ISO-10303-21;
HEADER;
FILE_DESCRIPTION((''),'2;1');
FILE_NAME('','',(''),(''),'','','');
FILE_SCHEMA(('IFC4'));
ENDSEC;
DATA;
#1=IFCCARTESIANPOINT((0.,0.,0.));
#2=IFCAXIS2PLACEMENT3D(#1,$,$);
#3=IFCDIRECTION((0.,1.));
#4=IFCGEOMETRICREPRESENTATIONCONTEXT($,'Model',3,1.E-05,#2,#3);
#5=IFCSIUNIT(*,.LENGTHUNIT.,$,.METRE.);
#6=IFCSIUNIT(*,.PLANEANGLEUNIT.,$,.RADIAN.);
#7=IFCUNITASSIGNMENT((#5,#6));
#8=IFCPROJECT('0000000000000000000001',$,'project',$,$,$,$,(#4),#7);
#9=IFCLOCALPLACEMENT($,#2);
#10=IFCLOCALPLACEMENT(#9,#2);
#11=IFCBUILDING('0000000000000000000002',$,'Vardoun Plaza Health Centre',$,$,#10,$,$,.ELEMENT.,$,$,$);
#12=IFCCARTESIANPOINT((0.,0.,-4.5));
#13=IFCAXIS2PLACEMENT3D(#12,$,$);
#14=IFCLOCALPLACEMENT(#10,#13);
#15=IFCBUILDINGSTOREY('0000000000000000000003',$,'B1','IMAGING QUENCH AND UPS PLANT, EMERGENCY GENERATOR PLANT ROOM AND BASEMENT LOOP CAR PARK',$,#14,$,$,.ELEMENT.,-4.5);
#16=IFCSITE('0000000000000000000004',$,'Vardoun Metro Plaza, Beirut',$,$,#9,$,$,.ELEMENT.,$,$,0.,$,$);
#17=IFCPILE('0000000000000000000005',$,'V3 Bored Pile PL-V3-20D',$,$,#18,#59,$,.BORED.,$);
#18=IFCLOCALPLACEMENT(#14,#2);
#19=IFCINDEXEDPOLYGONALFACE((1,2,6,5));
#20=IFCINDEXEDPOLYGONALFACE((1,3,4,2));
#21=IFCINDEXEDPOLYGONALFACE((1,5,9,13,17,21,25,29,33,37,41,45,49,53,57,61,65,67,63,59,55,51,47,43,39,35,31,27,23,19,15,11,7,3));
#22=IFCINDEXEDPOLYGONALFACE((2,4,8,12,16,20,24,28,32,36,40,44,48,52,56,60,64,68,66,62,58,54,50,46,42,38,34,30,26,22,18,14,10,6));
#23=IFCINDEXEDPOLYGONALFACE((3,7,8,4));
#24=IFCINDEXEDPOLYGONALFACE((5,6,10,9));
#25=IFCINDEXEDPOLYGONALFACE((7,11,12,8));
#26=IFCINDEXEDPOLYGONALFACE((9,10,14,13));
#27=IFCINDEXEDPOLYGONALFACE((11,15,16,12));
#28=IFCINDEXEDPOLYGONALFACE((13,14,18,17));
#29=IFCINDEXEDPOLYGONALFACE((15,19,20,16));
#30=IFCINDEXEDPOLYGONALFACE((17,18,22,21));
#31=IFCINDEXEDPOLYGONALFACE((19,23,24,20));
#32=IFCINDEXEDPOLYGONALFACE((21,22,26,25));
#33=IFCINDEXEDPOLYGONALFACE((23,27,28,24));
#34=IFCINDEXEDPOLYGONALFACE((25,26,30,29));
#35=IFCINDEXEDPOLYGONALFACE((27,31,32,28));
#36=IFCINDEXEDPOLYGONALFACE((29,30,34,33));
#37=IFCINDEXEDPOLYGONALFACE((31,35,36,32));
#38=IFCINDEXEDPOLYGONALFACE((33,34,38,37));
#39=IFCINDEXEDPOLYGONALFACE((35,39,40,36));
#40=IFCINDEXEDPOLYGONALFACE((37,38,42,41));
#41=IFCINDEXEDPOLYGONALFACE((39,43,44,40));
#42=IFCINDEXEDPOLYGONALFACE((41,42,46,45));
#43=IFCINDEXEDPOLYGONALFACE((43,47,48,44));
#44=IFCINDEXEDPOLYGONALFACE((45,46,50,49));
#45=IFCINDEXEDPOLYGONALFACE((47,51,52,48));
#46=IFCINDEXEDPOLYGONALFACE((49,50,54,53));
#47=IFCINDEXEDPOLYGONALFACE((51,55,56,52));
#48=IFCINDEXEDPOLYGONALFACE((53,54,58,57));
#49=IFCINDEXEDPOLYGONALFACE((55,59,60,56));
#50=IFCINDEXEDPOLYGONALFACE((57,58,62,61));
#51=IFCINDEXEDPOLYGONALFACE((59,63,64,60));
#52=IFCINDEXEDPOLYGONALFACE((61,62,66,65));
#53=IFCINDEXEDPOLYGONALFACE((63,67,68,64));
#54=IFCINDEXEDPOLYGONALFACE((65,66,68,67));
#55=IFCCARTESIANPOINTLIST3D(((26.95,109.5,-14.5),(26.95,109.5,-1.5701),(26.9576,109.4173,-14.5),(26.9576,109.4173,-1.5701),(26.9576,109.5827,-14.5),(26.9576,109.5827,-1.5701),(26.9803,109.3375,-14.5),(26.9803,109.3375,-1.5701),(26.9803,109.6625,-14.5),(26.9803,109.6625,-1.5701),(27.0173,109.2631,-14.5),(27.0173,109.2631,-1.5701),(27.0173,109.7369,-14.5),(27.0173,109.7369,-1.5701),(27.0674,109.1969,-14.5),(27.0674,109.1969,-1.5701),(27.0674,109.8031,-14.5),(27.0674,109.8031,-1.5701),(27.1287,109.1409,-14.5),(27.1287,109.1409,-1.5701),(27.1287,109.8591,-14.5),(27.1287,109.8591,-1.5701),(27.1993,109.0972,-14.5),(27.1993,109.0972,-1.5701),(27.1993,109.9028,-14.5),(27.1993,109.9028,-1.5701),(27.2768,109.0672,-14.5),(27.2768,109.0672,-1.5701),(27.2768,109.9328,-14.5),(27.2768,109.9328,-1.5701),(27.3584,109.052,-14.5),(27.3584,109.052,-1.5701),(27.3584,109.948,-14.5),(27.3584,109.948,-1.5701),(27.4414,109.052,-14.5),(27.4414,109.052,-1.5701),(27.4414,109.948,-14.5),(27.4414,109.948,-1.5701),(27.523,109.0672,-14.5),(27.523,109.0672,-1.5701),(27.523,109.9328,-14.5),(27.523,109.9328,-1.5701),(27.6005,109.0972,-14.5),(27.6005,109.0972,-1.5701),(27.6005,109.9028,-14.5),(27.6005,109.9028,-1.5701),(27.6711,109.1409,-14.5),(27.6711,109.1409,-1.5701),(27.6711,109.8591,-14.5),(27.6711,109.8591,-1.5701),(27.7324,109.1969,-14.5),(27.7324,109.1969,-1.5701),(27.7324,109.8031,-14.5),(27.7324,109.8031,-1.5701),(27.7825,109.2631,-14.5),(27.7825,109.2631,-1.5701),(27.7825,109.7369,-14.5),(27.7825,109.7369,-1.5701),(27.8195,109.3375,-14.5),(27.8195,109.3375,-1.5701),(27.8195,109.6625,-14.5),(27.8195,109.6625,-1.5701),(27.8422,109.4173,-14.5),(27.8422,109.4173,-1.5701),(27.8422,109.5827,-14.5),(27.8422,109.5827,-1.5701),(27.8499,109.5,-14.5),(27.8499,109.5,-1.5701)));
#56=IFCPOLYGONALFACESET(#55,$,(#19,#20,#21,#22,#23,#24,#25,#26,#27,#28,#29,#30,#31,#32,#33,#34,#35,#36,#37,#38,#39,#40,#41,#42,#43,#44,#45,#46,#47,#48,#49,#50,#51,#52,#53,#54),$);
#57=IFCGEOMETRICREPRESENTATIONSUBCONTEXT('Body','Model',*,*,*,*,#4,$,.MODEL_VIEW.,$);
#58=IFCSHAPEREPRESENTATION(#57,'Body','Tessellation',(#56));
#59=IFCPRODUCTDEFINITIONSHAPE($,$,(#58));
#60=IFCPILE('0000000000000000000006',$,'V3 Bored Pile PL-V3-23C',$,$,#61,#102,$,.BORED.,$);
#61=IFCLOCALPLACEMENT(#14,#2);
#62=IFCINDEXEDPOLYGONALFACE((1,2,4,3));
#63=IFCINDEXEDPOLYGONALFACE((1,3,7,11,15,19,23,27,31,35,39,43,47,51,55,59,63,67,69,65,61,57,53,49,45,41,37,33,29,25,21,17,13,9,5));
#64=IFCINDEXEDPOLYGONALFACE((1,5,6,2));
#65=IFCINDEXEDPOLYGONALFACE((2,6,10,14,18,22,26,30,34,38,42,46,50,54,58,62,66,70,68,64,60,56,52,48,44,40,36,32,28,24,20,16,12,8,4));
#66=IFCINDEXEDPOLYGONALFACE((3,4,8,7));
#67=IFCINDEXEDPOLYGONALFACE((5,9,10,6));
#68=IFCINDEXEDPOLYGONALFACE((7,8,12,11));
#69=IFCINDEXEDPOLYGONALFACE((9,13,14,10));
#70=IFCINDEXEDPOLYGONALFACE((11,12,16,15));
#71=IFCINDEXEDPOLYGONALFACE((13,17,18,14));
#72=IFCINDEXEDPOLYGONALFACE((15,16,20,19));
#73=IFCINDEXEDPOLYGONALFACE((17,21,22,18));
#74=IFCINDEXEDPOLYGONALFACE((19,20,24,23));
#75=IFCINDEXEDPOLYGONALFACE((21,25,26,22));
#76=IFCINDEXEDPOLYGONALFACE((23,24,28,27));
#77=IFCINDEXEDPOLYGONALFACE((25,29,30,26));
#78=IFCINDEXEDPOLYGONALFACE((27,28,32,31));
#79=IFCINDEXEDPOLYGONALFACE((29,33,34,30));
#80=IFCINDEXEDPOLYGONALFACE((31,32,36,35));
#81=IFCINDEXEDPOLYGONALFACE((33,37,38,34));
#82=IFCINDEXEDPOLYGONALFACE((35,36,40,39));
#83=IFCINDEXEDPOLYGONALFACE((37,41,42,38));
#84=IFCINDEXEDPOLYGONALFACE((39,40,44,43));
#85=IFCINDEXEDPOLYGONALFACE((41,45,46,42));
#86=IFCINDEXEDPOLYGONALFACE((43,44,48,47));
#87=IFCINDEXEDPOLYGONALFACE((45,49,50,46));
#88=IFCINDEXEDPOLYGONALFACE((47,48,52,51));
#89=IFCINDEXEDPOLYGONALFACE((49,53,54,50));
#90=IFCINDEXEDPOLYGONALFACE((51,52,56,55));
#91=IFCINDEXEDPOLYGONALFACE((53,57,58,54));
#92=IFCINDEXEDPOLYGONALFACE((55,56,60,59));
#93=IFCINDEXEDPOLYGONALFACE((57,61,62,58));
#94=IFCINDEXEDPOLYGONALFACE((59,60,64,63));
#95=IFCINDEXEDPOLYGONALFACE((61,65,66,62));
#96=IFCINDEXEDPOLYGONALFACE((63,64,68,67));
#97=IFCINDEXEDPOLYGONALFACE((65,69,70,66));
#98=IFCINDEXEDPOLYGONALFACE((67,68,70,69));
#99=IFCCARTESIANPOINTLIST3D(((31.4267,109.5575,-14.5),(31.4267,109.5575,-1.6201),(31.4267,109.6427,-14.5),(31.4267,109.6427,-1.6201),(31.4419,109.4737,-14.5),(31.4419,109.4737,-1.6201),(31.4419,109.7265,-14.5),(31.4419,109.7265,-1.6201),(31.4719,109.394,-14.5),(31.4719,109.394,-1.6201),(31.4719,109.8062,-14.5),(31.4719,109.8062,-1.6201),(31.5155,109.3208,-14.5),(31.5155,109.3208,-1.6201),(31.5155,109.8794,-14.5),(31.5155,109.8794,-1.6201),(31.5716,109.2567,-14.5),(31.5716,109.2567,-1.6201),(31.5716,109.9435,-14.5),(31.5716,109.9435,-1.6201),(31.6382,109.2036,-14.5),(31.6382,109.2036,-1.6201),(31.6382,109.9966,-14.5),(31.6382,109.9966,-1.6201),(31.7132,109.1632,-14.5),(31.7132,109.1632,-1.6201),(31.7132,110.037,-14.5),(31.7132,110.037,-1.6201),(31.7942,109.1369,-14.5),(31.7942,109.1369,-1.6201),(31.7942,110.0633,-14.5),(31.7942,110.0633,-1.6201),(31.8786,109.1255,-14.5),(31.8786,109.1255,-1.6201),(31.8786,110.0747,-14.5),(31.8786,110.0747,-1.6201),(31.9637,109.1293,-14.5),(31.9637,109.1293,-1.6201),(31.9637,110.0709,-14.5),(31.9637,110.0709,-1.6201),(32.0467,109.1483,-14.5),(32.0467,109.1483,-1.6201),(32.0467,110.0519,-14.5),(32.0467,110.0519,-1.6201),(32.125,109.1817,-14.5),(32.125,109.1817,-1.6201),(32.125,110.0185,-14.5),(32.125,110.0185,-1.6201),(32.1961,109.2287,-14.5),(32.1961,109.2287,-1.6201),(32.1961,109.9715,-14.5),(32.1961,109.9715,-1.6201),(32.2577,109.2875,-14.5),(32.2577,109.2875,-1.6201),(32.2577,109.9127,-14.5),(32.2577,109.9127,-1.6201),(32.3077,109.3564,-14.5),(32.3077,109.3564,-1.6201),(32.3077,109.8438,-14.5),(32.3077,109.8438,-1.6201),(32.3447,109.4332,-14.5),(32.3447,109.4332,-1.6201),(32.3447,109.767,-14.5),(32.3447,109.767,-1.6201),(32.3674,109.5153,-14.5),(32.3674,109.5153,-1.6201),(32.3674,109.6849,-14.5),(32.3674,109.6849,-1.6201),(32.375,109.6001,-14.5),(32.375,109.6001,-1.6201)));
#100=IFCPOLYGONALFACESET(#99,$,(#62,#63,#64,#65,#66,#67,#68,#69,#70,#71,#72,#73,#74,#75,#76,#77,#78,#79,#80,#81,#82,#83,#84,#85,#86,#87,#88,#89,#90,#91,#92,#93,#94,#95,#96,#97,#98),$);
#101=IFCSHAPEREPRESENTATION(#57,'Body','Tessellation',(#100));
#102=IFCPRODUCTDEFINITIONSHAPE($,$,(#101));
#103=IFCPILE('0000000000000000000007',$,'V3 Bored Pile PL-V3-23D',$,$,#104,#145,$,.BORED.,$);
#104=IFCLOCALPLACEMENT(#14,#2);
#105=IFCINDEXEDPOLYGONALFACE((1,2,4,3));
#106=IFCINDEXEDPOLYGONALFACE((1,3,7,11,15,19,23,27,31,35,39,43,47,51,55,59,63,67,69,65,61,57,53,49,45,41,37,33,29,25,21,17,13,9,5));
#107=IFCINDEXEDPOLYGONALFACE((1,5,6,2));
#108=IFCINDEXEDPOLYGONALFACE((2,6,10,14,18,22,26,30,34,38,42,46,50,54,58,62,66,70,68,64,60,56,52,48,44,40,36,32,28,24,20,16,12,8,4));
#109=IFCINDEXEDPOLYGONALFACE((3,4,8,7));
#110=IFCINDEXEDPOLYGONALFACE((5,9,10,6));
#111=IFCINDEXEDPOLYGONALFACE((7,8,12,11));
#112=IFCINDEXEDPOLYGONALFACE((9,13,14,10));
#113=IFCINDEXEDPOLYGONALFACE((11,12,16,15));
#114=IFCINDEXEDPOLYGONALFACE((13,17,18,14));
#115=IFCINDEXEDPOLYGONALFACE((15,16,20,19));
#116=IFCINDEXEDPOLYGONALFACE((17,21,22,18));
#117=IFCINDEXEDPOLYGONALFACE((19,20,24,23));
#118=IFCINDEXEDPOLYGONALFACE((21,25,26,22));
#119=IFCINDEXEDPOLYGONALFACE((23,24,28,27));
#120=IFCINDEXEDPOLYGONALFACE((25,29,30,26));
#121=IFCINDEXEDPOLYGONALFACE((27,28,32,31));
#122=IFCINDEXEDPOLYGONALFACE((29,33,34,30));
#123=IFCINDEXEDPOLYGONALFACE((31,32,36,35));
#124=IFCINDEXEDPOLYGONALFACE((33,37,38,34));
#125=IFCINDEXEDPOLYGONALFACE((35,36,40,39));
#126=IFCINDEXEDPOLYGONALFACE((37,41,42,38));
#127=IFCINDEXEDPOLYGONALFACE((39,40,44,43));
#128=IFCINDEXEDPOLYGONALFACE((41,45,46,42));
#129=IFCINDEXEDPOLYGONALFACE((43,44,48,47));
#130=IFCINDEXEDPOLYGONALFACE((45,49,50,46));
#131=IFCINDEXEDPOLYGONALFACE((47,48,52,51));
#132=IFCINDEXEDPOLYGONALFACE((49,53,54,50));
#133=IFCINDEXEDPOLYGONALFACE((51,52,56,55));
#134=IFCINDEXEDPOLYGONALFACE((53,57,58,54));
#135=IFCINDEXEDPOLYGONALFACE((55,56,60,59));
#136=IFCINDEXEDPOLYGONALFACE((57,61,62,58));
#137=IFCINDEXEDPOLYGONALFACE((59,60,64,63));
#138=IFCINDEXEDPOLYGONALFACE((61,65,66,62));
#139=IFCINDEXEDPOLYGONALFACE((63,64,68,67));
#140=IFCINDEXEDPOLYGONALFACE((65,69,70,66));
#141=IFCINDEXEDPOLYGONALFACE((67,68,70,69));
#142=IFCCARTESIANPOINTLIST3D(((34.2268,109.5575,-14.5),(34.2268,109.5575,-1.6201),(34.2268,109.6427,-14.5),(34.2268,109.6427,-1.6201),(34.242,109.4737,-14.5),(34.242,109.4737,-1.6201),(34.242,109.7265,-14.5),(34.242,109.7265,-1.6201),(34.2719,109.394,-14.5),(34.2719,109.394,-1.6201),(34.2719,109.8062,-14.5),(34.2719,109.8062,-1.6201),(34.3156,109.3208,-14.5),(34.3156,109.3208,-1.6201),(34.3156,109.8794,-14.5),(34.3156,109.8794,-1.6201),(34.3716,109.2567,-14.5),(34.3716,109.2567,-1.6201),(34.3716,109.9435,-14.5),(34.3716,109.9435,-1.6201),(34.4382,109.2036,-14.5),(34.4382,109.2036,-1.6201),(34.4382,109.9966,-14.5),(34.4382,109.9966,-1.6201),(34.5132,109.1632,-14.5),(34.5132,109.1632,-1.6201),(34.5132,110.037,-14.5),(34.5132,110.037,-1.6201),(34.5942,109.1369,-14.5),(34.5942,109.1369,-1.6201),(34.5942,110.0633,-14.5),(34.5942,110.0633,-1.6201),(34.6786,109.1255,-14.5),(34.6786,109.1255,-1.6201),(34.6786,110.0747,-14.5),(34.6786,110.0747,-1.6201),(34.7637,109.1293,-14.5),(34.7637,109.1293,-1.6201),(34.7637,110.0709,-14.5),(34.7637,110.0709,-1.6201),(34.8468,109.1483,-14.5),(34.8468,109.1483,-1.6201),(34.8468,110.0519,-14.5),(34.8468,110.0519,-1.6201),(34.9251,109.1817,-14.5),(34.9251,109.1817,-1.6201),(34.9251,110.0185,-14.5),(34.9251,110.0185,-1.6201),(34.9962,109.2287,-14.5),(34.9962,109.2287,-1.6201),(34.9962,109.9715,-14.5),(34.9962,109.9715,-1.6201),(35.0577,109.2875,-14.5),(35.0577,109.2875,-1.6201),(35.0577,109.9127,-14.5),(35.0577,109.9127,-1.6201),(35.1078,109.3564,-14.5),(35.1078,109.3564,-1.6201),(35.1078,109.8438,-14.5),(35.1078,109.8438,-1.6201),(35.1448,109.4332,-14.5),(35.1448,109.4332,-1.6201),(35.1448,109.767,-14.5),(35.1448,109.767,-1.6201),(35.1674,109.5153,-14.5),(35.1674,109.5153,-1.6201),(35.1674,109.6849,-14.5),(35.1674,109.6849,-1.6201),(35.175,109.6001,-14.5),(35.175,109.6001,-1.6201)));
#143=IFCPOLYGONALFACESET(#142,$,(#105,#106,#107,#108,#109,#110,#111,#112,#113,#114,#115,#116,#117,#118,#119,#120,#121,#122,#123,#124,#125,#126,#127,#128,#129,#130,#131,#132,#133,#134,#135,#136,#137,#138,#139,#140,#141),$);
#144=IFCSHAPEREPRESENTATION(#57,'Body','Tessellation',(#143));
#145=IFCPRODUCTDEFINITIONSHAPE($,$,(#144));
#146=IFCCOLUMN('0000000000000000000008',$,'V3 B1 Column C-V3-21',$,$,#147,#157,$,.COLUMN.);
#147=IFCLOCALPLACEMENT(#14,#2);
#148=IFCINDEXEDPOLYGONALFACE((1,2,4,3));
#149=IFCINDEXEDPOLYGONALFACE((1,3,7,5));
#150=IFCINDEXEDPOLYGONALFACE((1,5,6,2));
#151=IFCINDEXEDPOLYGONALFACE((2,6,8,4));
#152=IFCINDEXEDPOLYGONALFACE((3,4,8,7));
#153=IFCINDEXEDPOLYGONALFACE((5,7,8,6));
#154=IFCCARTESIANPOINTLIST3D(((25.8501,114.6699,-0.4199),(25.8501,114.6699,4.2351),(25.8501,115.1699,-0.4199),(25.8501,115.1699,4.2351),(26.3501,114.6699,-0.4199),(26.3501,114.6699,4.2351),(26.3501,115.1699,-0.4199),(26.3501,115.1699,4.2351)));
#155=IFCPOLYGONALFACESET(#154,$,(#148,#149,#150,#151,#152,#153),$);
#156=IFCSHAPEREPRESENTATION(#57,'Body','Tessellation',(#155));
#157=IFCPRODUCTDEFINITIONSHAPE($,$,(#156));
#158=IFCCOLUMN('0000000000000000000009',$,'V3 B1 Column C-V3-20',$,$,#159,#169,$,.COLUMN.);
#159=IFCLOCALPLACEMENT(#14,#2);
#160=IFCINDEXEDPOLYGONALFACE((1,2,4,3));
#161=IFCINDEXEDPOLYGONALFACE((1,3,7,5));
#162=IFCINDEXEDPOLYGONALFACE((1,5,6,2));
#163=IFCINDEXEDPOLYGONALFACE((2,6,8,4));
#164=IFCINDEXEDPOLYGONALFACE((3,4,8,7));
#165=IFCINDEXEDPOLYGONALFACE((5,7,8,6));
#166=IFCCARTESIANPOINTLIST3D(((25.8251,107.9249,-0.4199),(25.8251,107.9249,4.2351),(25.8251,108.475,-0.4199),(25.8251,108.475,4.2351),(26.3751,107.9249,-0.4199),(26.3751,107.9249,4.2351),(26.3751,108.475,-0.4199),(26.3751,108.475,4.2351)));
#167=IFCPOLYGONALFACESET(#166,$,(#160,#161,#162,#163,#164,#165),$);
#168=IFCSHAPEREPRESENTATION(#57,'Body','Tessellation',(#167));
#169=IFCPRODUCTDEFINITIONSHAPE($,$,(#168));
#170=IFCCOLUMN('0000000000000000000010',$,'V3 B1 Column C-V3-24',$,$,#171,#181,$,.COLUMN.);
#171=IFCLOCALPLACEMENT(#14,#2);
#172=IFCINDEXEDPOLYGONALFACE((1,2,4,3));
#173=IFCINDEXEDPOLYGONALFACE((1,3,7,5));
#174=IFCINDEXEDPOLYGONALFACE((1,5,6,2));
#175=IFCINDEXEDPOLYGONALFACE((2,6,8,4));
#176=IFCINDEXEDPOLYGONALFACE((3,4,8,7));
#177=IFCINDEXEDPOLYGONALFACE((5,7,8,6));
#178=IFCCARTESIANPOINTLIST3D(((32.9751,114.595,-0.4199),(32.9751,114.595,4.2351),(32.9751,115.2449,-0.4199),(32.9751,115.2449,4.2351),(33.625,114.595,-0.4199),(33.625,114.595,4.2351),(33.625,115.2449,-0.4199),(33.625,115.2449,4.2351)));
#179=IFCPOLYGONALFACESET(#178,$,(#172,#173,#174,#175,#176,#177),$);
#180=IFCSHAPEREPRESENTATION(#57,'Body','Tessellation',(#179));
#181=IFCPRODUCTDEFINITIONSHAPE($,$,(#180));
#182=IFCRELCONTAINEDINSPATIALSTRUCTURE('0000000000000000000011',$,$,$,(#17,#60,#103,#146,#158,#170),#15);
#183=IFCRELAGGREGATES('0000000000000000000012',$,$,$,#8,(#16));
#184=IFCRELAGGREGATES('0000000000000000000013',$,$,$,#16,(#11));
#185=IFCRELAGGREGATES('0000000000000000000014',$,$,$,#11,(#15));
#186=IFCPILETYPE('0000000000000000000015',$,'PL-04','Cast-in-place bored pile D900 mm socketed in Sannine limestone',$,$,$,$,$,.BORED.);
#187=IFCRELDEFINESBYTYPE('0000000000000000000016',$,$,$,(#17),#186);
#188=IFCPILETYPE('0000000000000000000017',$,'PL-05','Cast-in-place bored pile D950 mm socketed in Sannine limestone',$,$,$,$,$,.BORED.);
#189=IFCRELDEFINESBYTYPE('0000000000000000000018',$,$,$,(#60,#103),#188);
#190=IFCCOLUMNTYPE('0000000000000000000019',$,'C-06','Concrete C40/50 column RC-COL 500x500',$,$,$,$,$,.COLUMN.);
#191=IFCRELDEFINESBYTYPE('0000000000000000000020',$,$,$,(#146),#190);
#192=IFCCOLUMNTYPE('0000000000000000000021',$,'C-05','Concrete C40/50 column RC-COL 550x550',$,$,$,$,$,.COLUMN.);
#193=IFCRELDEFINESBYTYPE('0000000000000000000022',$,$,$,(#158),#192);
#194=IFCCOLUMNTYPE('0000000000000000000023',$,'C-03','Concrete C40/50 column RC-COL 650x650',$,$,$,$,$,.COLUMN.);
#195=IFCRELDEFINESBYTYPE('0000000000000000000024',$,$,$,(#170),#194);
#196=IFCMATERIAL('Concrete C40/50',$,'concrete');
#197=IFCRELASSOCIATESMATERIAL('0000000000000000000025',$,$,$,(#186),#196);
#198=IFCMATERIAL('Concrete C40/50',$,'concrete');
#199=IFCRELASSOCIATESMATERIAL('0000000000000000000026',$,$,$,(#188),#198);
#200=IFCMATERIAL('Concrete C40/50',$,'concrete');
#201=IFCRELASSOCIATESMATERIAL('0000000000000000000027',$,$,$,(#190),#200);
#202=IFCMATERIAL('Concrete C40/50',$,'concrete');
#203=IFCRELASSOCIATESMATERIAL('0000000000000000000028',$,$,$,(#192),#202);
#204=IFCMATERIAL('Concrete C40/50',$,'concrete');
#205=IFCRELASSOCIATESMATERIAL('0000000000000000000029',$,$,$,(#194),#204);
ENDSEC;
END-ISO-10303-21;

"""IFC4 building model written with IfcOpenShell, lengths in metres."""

from ifc_helpers import new_model, si_unit, direction, frame, origin, origin_2d, place, context, subcontext, project, spatial, rectangle, circle, extrude, material, material_profile, profile_set, type_object, element, save


model = new_model("IFC4")

# Units and contexts
model_context = context("Model", 3, precision=1e-05, world=origin(), true_north=direction((0.0, 1.0)))
body_context = subcontext(model_context, "Body", "Model", "MODEL_VIEW")
ifc_project = project(units=[si_unit("LENGTHUNIT", "METRE"), si_unit("PLANEANGLEUNIT", "RADIAN")], contexts=[model_context])

# Site, building, storey
site_placement = place(None, origin())
site = spatial("IfcSite", under=ifc_project, at=site_placement, Name="Vardoun Metro Plaza, Beirut", CompositionType="ELEMENT", RefElevation=0.0)
building_placement = place(site_placement, origin())
building = spatial("IfcBuilding", under=site, at=building_placement, Name="Vardoun Plaza Health Centre", CompositionType="ELEMENT")
storey_placement = place(building_placement, frame((0.0, 0.0, -4.5)))
storey = spatial("IfcBuildingStorey", under=building, at=storey_placement, Name="B1", Description="IMAGING QUENCH AND UPS PLANT, EMERGENCY GENERATOR PLANT ROOM AND BASEMENT LOOP CAR PARK", CompositionType="ELEMENT", Elevation=-4.5)

# Piles
ifc_material_1 = material(Name="Concrete C40/50", Category="concrete")
ifc_material_profile_1 = material_profile(ifc_material_1, circle(Radius=0.45, at=origin_2d()), Name="PILE D900")
ifc_profile_set_1 = profile_set([ifc_material_profile_1], Name="Concrete C40/50")
pile_type_1 = type_object("IfcPileType", Name="PL-04", Description="Cast-in-place bored pile D900 mm socketed in Sannine limestone", PredefinedType="BORED", material=ifc_profile_set_1)
for number, where, z_axis, x_axis, name in (
    (1, (27.3999, 109.5, -1.5701), (0.0, 0.0, -1.0), (1.0, 0.0, 0.0), "V3 Bored Pile PL-V3-20D"),
):
    element("IfcPile", number, at=place(storey_placement, frame(where, z_axis=z_axis, x_axis=x_axis)), inside=storey, type_object=pile_type_1, Name=name, PredefinedType="BORED", context=body_context, shape_type="SweptSolid", body=[
        extrude(circle(Radius=0.45, at=origin_2d()), origin(), (0.0, 0.0, 1.0), 12.9299),
    ])
ifc_material_2 = material(Name="Concrete C40/50", Category="concrete")
ifc_material_profile_2 = material_profile(ifc_material_2, circle(Radius=0.4751, at=origin_2d()), Name="PILE D950")
ifc_profile_set_2 = profile_set([ifc_material_profile_2], Name="Concrete C40/50")
pile_type_2 = type_object("IfcPileType", Name="PL-05", Description="Cast-in-place bored pile D950 mm socketed in Sannine limestone", PredefinedType="BORED", material=ifc_profile_set_2)
for number, where, z_axis, x_axis, name in (
    (2, (31.8999, 109.6001, -1.6201), (0.0, 0.0, -1.0), (1.0, 0.0, 0.0), "V3 Bored Pile PL-V3-23C"),
    (3, (34.7, 109.6001, -1.6201), (0.0, 0.0, -1.0), (1.0, 0.0, 0.0), "V3 Bored Pile PL-V3-23D"),
):
    element("IfcPile", number, at=place(storey_placement, frame(where, z_axis=z_axis, x_axis=x_axis)), inside=storey, type_object=pile_type_2, Name=name, PredefinedType="BORED", context=body_context, shape_type="SweptSolid", body=[
        extrude(circle(Radius=0.4751, at=origin_2d()), origin(), (0.0, 0.0, 1.0), 12.8799),
    ])

# Columns
ifc_material_3 = material(Name="Concrete C40/50", Category="concrete")
ifc_material_profile_3 = material_profile(ifc_material_3, rectangle(XDim=0.5, YDim=0.5, at=origin_2d()), Name="RC-COL 500x500")
ifc_profile_set_3 = profile_set([ifc_material_profile_3], Name="Concrete C40/50")
column_type_1 = type_object("IfcColumnType", Name="C-06", Description="Concrete C40/50 column RC-COL 500x500", PredefinedType="COLUMN", material=ifc_profile_set_3)
column_1_placement = place(storey_placement, frame((26.1001, 114.9199, -0.4199), z_axis=(0.0, 0.0, 1.0), x_axis=(1.0, 0.0, 0.0)))
element("IfcColumn", 4, at=column_1_placement, inside=storey, type_object=column_type_1, Name="V3 B1 Column C-V3-21", PredefinedType="COLUMN", context=body_context, shape_type="SweptSolid", body=[
    extrude(rectangle(XDim=0.5, YDim=0.5, at=origin_2d()), origin(), (0.0, 0.0, 1.0), 4.655),
])
ifc_material_4 = material(Name="Concrete C40/50", Category="concrete")
ifc_material_profile_4 = material_profile(ifc_material_4, rectangle(XDim=0.55, YDim=0.55, at=origin_2d()), Name="RC-COL 550x550")
ifc_profile_set_4 = profile_set([ifc_material_profile_4], Name="Concrete C40/50")
column_type_2 = type_object("IfcColumnType", Name="C-05", Description="Concrete C40/50 column RC-COL 550x550", PredefinedType="COLUMN", material=ifc_profile_set_4)
column_2_placement = place(storey_placement, frame((26.1001, 108.2, -0.4199), z_axis=(0.0, 0.0, 1.0), x_axis=(1.0, 0.0, 0.0)))
element("IfcColumn", 5, at=column_2_placement, inside=storey, type_object=column_type_2, Name="V3 B1 Column C-V3-20", PredefinedType="COLUMN", context=body_context, shape_type="SweptSolid", body=[
    extrude(rectangle(XDim=0.55, YDim=0.55, at=origin_2d()), origin(), (0.0, 0.0, 1.0), 4.655),
])
ifc_material_5 = material(Name="Concrete C40/50", Category="concrete")
ifc_material_profile_5 = material_profile(ifc_material_5, rectangle(XDim=0.6499, YDim=0.6499, at=origin_2d()), Name="RC-COL 650x650")
ifc_profile_set_5 = profile_set([ifc_material_profile_5], Name="Concrete C40/50")
column_type_3 = type_object("IfcColumnType", Name="C-03", Description="Concrete C40/50 column RC-COL 650x650", PredefinedType="COLUMN", material=ifc_profile_set_5)
column_3_placement = place(storey_placement, frame((33.3, 114.9199, -0.4199), z_axis=(0.0, 0.0, 1.0), x_axis=(1.0, 0.0, 0.0)))
element("IfcColumn", 6, at=column_3_placement, inside=storey, type_object=column_type_3, Name="V3 B1 Column C-V3-24", PredefinedType="COLUMN", context=body_context, shape_type="SweptSolid", body=[
    extrude(rectangle(XDim=0.6499, YDim=0.6499, at=origin_2d()), origin(), (0.0, 0.0, 1.0), 4.655),
])

save(model, "model.ifc")
